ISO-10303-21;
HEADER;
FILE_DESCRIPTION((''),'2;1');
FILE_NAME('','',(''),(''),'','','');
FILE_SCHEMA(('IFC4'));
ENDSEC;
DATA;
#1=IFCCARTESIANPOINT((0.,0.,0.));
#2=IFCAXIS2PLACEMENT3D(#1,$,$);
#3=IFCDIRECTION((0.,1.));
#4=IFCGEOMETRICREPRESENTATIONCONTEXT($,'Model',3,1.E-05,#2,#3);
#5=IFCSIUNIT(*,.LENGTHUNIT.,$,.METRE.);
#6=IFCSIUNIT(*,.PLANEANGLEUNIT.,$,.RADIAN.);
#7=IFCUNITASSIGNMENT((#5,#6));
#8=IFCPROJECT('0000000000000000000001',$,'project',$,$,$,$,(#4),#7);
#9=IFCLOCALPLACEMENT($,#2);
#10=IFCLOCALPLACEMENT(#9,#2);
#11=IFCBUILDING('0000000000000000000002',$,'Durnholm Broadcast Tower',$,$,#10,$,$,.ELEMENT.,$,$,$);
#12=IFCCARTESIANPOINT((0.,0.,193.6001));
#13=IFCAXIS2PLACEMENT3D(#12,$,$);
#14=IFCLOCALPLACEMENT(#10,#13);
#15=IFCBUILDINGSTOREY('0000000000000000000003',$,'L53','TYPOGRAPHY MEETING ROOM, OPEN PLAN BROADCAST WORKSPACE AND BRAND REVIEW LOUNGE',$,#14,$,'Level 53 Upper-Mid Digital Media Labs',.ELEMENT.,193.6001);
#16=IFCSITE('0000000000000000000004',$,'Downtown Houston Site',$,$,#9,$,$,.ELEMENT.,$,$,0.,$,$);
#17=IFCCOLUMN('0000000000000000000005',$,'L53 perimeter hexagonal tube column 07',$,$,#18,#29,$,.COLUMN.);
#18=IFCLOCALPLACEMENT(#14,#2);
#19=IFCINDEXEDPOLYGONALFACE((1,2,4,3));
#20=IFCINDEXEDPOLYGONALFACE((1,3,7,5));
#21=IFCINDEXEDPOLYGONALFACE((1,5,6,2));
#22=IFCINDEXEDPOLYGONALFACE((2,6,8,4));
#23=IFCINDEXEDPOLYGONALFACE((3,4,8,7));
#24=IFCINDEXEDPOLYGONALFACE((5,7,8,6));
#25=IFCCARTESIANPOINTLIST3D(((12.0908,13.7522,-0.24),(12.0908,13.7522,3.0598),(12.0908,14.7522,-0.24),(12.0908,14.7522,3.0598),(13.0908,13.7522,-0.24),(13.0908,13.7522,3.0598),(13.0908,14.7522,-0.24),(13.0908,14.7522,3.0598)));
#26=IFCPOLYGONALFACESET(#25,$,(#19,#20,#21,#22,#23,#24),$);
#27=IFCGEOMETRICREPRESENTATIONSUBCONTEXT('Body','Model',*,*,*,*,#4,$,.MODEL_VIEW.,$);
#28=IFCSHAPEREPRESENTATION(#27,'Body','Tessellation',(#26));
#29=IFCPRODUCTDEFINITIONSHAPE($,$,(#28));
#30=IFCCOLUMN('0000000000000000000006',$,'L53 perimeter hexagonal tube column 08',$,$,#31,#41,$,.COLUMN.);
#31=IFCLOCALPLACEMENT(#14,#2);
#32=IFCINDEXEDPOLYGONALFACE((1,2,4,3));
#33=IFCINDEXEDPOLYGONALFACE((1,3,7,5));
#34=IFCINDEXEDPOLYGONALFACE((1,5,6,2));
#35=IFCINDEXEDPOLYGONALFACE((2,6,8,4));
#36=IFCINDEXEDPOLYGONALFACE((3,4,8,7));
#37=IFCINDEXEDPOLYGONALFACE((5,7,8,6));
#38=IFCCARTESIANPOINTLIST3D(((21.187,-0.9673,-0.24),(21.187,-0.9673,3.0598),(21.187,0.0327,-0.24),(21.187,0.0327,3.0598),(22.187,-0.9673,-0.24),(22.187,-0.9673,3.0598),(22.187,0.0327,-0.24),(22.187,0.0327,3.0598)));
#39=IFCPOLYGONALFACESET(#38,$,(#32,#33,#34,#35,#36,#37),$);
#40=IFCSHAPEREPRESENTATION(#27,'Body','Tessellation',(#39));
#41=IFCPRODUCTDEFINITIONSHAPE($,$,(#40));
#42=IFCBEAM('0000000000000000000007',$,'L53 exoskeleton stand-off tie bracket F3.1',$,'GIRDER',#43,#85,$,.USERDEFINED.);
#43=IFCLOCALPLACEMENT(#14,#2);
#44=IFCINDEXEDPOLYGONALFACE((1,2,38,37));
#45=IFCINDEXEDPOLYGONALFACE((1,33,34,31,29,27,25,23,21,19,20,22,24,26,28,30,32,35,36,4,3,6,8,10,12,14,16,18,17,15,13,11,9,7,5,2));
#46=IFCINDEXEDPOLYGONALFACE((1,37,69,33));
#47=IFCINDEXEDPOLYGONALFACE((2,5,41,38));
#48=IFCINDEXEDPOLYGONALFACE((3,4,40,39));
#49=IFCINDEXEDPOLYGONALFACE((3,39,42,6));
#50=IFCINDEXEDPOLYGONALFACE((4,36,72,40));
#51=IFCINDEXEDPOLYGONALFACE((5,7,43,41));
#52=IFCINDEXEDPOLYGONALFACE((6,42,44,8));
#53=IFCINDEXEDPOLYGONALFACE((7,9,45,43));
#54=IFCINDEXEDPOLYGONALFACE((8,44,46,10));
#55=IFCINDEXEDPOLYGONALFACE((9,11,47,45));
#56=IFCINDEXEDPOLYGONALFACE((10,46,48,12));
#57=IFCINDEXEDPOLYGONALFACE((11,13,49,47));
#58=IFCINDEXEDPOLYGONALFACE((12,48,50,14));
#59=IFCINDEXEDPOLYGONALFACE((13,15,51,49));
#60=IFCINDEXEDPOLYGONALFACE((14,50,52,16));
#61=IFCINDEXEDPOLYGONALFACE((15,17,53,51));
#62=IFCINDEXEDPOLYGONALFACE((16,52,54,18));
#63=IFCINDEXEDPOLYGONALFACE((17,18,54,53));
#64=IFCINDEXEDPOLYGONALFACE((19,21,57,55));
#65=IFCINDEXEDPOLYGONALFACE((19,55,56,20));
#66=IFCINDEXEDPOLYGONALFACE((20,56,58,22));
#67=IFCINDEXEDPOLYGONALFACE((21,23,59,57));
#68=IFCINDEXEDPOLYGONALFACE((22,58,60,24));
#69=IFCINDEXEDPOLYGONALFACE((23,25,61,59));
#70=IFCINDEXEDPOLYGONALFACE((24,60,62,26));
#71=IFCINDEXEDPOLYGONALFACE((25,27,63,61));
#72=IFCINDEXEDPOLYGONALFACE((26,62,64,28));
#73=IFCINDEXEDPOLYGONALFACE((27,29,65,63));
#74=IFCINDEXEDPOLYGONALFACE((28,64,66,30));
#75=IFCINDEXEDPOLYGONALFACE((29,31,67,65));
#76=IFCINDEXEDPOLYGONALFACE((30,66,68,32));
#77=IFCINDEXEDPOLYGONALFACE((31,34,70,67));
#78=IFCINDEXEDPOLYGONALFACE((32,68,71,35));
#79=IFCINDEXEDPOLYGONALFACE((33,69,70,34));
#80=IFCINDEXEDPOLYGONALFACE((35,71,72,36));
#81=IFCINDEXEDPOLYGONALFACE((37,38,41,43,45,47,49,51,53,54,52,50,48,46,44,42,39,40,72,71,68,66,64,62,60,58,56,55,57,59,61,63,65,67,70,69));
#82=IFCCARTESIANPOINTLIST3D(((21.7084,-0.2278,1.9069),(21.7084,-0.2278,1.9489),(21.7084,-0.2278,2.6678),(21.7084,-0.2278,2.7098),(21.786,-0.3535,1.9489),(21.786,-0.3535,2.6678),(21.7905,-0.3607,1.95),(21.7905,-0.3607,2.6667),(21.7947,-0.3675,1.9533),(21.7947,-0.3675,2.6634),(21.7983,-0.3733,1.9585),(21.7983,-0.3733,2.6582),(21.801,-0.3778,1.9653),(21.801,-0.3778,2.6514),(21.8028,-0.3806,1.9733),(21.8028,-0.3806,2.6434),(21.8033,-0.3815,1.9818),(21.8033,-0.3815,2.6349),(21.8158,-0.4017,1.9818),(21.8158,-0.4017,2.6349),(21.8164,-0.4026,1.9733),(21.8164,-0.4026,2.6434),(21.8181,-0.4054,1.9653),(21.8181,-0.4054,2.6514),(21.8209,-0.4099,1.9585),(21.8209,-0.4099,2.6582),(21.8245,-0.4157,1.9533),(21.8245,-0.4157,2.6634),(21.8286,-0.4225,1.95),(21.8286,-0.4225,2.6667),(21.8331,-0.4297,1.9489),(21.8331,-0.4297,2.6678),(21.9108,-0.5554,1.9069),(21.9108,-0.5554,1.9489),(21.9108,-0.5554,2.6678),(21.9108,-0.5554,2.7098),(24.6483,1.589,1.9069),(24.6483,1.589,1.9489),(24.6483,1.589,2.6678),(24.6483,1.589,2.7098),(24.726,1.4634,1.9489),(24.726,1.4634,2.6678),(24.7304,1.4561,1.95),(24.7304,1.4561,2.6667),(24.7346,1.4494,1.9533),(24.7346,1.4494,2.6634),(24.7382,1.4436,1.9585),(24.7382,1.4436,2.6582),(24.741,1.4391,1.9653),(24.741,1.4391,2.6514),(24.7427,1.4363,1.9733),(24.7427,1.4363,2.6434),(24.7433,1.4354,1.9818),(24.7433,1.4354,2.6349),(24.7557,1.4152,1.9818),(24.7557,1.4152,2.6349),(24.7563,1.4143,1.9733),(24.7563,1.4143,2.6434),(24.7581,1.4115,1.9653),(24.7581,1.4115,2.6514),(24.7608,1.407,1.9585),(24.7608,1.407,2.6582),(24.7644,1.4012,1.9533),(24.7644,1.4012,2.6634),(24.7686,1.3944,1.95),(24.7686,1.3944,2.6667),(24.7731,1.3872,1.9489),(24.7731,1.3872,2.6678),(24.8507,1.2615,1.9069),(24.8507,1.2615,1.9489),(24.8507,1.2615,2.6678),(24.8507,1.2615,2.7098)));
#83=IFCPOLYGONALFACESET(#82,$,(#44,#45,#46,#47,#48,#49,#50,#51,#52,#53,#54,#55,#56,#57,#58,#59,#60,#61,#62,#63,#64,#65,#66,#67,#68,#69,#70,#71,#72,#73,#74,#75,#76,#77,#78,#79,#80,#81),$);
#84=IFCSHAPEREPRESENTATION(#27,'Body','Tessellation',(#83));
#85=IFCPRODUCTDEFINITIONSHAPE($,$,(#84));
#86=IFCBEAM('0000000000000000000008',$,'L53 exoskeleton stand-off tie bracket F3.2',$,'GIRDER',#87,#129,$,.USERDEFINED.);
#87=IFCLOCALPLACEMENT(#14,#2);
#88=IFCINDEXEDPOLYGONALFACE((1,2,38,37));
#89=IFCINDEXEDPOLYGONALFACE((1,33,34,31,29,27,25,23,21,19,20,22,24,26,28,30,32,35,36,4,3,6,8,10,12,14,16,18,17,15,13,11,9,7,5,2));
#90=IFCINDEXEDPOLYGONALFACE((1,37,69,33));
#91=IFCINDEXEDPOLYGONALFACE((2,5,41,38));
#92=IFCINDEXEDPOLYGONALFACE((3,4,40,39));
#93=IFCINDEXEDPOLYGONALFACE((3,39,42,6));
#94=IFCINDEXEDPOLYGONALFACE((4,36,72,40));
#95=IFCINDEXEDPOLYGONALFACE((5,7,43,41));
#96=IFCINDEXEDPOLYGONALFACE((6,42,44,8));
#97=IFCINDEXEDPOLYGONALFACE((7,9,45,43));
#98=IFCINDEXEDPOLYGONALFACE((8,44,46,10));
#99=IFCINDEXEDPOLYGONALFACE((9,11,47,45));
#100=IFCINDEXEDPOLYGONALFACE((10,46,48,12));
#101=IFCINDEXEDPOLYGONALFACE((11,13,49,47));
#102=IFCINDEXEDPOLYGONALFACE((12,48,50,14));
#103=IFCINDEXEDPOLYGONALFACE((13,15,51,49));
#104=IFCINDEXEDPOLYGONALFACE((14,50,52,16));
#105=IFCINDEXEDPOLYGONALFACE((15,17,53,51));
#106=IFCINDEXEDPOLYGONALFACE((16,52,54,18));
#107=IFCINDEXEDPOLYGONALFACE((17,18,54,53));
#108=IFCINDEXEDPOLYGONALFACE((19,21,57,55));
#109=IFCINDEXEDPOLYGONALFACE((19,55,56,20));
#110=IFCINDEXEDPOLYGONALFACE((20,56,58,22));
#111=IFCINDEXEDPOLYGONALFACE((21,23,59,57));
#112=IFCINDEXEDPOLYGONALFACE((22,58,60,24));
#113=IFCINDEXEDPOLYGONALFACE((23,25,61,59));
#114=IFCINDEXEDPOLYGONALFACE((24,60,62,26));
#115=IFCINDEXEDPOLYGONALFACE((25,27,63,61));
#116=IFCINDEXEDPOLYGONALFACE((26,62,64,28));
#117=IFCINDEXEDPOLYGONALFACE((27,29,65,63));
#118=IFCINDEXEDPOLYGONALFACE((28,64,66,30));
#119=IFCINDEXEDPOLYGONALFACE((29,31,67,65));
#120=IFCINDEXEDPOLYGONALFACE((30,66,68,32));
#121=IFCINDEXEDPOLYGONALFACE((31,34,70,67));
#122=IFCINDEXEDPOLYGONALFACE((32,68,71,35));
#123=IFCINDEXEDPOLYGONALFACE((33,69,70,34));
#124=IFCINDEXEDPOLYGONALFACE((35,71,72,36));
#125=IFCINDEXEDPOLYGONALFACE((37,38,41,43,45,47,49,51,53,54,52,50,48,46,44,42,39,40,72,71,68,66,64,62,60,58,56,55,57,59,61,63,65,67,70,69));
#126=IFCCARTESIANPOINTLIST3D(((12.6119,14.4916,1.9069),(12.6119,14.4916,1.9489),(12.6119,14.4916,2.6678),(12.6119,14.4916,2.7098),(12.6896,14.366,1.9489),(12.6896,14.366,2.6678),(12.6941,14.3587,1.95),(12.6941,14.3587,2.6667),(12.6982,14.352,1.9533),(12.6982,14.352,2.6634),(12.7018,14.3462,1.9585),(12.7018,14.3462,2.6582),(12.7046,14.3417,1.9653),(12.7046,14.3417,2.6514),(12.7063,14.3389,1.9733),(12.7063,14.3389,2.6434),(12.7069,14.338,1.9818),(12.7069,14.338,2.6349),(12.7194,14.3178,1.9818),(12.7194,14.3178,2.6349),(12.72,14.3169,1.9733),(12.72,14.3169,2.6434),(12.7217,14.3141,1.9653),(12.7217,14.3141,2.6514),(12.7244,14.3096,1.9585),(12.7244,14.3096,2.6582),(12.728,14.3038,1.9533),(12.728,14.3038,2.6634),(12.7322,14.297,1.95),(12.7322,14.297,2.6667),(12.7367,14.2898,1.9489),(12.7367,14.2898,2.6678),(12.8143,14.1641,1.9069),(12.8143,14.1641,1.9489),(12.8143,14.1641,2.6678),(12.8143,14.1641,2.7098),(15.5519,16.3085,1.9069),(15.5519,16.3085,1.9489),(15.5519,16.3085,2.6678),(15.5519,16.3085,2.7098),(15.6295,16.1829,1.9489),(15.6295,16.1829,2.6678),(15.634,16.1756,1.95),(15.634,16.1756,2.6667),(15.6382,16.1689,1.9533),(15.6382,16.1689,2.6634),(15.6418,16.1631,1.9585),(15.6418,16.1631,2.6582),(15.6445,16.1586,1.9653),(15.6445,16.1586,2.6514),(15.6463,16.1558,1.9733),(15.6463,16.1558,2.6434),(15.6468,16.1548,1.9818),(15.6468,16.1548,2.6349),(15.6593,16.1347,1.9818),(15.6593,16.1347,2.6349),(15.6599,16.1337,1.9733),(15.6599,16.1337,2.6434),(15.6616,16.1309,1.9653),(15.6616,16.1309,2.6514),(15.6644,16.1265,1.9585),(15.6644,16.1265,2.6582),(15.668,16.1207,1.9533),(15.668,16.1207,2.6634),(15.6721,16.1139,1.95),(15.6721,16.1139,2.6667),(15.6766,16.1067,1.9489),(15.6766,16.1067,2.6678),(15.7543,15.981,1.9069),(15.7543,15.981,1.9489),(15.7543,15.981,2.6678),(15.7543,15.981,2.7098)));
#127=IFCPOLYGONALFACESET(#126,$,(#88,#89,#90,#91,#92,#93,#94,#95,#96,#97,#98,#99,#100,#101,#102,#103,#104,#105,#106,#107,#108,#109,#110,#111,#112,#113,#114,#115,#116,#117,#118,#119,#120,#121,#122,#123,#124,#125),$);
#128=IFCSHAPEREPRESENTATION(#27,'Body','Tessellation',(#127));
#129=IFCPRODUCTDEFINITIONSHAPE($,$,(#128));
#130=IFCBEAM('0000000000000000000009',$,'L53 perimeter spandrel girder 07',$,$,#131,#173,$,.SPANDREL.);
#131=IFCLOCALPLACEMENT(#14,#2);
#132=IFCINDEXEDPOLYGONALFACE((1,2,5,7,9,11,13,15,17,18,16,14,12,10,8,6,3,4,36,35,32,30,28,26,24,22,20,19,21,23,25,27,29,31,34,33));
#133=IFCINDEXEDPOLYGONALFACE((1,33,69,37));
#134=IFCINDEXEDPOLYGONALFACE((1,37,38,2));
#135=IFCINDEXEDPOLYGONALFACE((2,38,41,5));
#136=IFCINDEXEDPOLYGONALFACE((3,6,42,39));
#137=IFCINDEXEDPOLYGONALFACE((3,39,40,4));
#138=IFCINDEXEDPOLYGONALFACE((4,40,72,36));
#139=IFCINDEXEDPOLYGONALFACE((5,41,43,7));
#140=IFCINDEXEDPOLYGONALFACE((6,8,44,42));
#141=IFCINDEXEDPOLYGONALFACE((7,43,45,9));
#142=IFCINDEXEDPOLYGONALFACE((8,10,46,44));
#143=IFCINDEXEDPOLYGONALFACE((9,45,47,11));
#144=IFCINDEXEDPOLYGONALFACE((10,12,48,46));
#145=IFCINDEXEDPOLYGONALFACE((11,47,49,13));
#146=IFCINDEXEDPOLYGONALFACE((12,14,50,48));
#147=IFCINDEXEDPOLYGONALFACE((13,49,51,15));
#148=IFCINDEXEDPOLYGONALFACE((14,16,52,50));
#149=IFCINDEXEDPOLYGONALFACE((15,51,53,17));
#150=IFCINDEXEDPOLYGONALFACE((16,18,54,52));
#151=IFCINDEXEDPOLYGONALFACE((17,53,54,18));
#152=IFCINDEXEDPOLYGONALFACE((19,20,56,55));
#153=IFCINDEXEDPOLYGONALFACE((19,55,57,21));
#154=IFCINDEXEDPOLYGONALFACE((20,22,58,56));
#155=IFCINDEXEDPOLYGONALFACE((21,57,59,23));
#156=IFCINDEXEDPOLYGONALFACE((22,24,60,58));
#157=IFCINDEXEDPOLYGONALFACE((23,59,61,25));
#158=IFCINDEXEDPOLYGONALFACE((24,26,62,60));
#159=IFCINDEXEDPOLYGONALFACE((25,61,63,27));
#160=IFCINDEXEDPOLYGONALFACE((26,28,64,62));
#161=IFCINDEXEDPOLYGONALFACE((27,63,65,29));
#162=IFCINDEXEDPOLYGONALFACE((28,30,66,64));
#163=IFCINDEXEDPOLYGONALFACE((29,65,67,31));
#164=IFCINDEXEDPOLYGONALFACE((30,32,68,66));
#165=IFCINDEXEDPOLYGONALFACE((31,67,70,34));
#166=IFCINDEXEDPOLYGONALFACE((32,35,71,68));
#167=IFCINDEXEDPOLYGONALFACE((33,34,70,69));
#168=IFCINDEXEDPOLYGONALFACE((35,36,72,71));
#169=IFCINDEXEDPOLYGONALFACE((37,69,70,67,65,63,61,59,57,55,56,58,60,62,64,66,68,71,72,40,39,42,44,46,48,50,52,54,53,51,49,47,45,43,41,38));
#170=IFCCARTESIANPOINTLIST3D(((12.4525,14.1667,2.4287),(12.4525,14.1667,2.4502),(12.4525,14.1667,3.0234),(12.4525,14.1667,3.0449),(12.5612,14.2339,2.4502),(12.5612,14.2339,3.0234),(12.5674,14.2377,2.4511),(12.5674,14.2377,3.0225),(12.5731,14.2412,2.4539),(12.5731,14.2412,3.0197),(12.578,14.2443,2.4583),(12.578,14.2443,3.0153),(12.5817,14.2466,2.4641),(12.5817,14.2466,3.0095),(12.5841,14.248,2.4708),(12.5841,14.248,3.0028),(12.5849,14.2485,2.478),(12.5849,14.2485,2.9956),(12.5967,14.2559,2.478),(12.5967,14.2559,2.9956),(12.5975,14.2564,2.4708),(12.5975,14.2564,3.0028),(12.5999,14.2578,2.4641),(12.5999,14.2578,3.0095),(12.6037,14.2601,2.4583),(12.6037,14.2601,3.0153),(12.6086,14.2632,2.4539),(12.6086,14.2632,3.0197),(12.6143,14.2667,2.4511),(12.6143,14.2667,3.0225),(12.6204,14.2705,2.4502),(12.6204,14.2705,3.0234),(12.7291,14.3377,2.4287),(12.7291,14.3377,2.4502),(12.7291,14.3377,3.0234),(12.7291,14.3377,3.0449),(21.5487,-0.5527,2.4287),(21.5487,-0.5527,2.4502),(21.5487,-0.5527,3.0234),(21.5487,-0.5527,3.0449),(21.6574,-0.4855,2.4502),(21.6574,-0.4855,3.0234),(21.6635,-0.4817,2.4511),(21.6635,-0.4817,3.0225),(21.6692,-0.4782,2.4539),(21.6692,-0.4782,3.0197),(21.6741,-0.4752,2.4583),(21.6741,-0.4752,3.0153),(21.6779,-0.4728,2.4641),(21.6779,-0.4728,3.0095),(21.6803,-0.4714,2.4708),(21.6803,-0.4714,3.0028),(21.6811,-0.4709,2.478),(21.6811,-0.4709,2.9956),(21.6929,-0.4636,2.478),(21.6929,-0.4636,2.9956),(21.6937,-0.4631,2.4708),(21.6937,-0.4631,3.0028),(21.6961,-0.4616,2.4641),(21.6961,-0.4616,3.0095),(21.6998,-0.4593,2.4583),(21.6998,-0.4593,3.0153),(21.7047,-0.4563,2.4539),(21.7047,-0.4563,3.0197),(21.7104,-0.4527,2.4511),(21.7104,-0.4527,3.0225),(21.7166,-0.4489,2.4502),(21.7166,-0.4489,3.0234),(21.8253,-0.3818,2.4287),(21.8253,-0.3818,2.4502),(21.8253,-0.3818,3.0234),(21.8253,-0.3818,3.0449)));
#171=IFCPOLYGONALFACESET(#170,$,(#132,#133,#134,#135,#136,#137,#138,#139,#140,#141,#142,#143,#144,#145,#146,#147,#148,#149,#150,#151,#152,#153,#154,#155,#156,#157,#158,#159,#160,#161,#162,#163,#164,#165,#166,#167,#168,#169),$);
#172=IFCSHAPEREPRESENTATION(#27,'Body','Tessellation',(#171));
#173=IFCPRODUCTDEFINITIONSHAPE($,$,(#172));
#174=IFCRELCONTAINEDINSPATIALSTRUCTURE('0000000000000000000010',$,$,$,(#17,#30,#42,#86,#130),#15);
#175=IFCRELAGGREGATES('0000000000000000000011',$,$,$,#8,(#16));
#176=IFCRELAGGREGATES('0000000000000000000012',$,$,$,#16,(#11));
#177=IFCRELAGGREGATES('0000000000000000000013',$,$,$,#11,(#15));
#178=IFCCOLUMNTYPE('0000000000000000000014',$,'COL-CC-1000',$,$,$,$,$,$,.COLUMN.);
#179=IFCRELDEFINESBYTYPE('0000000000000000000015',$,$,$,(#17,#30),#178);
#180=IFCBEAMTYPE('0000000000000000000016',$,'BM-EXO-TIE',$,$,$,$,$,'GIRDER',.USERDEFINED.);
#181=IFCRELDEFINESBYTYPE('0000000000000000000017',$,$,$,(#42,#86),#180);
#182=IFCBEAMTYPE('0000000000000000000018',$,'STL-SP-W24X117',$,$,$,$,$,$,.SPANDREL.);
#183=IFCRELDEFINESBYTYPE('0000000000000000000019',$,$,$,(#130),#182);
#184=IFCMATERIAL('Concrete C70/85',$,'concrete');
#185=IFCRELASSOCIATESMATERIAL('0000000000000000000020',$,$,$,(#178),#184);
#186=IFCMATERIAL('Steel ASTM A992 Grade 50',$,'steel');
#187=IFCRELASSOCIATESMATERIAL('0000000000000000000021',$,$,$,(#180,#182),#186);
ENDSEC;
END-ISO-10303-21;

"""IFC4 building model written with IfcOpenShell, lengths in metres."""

from ifc_helpers import new_model, si_unit, direction, frame, origin, origin_2d, place, context, subcontext, project, spatial, rectangle, i_section, extrude, source, transform, mapped, material, material_profile, profile_set, type_object, type_shapes, element, save


model = new_model("IFC4")

# Units and contexts
model_context = context("Model", 3, precision=1e-05, world=origin(), true_north=direction((0.0, 1.0)))
body_context = subcontext(model_context, "Body", "Model", "MODEL_VIEW")
ifc_project = project(units=[si_unit("LENGTHUNIT", "METRE"), si_unit("PLANEANGLEUNIT", "RADIAN")], contexts=[model_context])

# Site, building, storey
site_placement = place(None, origin())
site = spatial("IfcSite", under=ifc_project, at=site_placement, Name="Downtown Houston Site", CompositionType="ELEMENT", RefElevation=0.0)
building_placement = place(site_placement, origin())
building = spatial("IfcBuilding", under=site, at=building_placement, Name="Durnholm Broadcast Tower", CompositionType="ELEMENT")
storey_placement = place(building_placement, frame((0.0, 0.0, 193.6001)))
storey = spatial("IfcBuildingStorey", under=building, at=storey_placement, Name="L53", Description="TYPOGRAPHY MEETING ROOM, OPEN PLAN BROADCAST WORKSPACE AND BRAND REVIEW LOUNGE", LongName="Level 53 Upper-Mid Digital Media Labs", CompositionType="ELEMENT", Elevation=193.6001)

# Columns
ifc_material_1 = material(Name="Concrete C70/85", Category="concrete")
ifc_material_profile_1 = material_profile(ifc_material_1, rectangle(XDim=1.0, YDim=1.0, at=origin_2d()), Name="RC1000X1000")
ifc_profile_set_1 = profile_set([ifc_material_profile_1], Name="Concrete C70/85")
column_type = type_object("IfcColumnType", Name="COL-CC-1000", PredefinedType="COLUMN", material=ifc_profile_set_1)
shared_shape_1 = source(origin(), body_context, "Body", "SweptSolid", [
    extrude(rectangle(XDim=1.0, YDim=1.0, at=origin_2d()), origin(), (0.0, 0.0, 1.0), 3.2998),
])
type_shapes(column_type, [shared_shape_1])
for number, where, z_axis, x_axis, name in (
    (1, (12.5908, 14.2522, -0.24), (0.0, 0.0, 1.0), (1.0, 0.0, 0.0), "L53 perimeter hexagonal tube column 07"),
    (2, (21.687, -0.4673, -0.24), (0.0, 0.0, 1.0), (1.0, 0.0, 0.0), "L53 perimeter hexagonal tube column 08"),
):
    element("IfcColumn", number, at=place(storey_placement, frame(where, z_axis=z_axis, x_axis=x_axis)), inside=storey, type_object=column_type, Name=name, PredefinedType="COLUMN", context=body_context, shape_type="MappedRepresentation", body=[
        mapped(shared_shape_1, transform((0.0, 0.0, 0.0), x_axis=(1.0, 0.0, 0.0), y_axis=(0.0, 1.0, 0.0), z_axis=(0.0, 0.0, 1.0), scale=1.0)),
    ])

# Beams
ifc_material_2 = material(Name="Steel ASTM A992 Grade 50", Category="steel")
ifc_material_profile_2 = material_profile(ifc_material_2, i_section(OverallWidth=0.385, OverallDepth=0.803, WebThickness=0.0237, FlangeThickness=0.042, FilletRadius=0.033, at=origin_2d()), Name="W30X261")
ifc_profile_set_2 = profile_set([ifc_material_profile_2], Name="Steel ASTM A992 Grade 50")
beam_type_1 = type_object("IfcBeamType", Name="BM-EXO-TIE", ElementType="GIRDER", PredefinedType="USERDEFINED", material=ifc_profile_set_2)
shared_shape_2 = source(origin(), body_context, "Body", "SweptSolid", [
    extrude(i_section(OverallWidth=0.385, OverallDepth=0.803, WebThickness=0.0237, FlangeThickness=0.042, FilletRadius=0.033, at=origin_2d()), origin(), (0.0, 0.0, 1.0), 3.4561),
])
for number, where, z_axis, x_axis, name in (
    (3, (21.8096, -0.3916, 2.3083), (0.850662, 0.525712, 0.0), (-0.525712, 0.850662, 0.0), "L53 exoskeleton stand-off tie bracket F3.1"),
    (4, (12.7131, 14.3279, 2.3083), (0.850662, 0.525712, 0.0), (-0.525712, 0.850662, 0.0), "L53 exoskeleton stand-off tie bracket F3.2"),
):
    element("IfcBeam", number, at=place(storey_placement, frame(where, z_axis=z_axis, x_axis=x_axis)), inside=storey, type_object=beam_type_1, Name=name, ObjectType="GIRDER", PredefinedType="USERDEFINED", context=body_context, shape_type="MappedRepresentation", body=[
        mapped(shared_shape_2, transform((0.0, 0.0, 0.0), x_axis=(1.0, 0.0, 0.0), y_axis=(0.0, 1.0, 0.0), z_axis=(0.0, 0.0, 1.0), scale=1.0)),
    ])
ifc_material_profile_3 = material_profile(ifc_material_2, i_section(OverallWidth=0.3252, OverallDepth=0.6162, WebThickness=0.0139, FlangeThickness=0.0215, FilletRadius=0.0278, at=origin_2d()), Name="W24X117")
ifc_profile_set_3 = profile_set([ifc_material_profile_3], Name="Steel ASTM A992 Grade 50")
beam_type_2 = type_object("IfcBeamType", Name="STL-SP-W24X117", PredefinedType="SPANDREL", material=ifc_profile_set_3)
shared_shape_3 = source(origin(), body_context, "Body", "SweptSolid", [
    extrude(i_section(OverallWidth=0.3252, OverallDepth=0.6162, WebThickness=0.0139, FlangeThickness=0.0215, FilletRadius=0.0278, at=origin_2d()), origin(), (0.0, 0.0, 1.0), 17.3032),
])
beam_1_placement = place(storey_placement, frame((12.5908, 14.2522, 2.7368), z_axis=(0.525691, -0.850675, 0.0), x_axis=(0.850675, 0.525691, 0.0)))
element("IfcBeam", 5, at=beam_1_placement, inside=storey, type_object=beam_type_2, Name="L53 perimeter spandrel girder 07", PredefinedType="SPANDREL", context=body_context, shape_type="MappedRepresentation", body=[
    mapped(shared_shape_3, transform((0.0, 0.0, 0.0), x_axis=(1.0, 0.0, 0.0), y_axis=(0.0, 1.0, 0.0), z_axis=(0.0, 0.0, 1.0), scale=1.0)),
])

save(model, "model.ifc")
